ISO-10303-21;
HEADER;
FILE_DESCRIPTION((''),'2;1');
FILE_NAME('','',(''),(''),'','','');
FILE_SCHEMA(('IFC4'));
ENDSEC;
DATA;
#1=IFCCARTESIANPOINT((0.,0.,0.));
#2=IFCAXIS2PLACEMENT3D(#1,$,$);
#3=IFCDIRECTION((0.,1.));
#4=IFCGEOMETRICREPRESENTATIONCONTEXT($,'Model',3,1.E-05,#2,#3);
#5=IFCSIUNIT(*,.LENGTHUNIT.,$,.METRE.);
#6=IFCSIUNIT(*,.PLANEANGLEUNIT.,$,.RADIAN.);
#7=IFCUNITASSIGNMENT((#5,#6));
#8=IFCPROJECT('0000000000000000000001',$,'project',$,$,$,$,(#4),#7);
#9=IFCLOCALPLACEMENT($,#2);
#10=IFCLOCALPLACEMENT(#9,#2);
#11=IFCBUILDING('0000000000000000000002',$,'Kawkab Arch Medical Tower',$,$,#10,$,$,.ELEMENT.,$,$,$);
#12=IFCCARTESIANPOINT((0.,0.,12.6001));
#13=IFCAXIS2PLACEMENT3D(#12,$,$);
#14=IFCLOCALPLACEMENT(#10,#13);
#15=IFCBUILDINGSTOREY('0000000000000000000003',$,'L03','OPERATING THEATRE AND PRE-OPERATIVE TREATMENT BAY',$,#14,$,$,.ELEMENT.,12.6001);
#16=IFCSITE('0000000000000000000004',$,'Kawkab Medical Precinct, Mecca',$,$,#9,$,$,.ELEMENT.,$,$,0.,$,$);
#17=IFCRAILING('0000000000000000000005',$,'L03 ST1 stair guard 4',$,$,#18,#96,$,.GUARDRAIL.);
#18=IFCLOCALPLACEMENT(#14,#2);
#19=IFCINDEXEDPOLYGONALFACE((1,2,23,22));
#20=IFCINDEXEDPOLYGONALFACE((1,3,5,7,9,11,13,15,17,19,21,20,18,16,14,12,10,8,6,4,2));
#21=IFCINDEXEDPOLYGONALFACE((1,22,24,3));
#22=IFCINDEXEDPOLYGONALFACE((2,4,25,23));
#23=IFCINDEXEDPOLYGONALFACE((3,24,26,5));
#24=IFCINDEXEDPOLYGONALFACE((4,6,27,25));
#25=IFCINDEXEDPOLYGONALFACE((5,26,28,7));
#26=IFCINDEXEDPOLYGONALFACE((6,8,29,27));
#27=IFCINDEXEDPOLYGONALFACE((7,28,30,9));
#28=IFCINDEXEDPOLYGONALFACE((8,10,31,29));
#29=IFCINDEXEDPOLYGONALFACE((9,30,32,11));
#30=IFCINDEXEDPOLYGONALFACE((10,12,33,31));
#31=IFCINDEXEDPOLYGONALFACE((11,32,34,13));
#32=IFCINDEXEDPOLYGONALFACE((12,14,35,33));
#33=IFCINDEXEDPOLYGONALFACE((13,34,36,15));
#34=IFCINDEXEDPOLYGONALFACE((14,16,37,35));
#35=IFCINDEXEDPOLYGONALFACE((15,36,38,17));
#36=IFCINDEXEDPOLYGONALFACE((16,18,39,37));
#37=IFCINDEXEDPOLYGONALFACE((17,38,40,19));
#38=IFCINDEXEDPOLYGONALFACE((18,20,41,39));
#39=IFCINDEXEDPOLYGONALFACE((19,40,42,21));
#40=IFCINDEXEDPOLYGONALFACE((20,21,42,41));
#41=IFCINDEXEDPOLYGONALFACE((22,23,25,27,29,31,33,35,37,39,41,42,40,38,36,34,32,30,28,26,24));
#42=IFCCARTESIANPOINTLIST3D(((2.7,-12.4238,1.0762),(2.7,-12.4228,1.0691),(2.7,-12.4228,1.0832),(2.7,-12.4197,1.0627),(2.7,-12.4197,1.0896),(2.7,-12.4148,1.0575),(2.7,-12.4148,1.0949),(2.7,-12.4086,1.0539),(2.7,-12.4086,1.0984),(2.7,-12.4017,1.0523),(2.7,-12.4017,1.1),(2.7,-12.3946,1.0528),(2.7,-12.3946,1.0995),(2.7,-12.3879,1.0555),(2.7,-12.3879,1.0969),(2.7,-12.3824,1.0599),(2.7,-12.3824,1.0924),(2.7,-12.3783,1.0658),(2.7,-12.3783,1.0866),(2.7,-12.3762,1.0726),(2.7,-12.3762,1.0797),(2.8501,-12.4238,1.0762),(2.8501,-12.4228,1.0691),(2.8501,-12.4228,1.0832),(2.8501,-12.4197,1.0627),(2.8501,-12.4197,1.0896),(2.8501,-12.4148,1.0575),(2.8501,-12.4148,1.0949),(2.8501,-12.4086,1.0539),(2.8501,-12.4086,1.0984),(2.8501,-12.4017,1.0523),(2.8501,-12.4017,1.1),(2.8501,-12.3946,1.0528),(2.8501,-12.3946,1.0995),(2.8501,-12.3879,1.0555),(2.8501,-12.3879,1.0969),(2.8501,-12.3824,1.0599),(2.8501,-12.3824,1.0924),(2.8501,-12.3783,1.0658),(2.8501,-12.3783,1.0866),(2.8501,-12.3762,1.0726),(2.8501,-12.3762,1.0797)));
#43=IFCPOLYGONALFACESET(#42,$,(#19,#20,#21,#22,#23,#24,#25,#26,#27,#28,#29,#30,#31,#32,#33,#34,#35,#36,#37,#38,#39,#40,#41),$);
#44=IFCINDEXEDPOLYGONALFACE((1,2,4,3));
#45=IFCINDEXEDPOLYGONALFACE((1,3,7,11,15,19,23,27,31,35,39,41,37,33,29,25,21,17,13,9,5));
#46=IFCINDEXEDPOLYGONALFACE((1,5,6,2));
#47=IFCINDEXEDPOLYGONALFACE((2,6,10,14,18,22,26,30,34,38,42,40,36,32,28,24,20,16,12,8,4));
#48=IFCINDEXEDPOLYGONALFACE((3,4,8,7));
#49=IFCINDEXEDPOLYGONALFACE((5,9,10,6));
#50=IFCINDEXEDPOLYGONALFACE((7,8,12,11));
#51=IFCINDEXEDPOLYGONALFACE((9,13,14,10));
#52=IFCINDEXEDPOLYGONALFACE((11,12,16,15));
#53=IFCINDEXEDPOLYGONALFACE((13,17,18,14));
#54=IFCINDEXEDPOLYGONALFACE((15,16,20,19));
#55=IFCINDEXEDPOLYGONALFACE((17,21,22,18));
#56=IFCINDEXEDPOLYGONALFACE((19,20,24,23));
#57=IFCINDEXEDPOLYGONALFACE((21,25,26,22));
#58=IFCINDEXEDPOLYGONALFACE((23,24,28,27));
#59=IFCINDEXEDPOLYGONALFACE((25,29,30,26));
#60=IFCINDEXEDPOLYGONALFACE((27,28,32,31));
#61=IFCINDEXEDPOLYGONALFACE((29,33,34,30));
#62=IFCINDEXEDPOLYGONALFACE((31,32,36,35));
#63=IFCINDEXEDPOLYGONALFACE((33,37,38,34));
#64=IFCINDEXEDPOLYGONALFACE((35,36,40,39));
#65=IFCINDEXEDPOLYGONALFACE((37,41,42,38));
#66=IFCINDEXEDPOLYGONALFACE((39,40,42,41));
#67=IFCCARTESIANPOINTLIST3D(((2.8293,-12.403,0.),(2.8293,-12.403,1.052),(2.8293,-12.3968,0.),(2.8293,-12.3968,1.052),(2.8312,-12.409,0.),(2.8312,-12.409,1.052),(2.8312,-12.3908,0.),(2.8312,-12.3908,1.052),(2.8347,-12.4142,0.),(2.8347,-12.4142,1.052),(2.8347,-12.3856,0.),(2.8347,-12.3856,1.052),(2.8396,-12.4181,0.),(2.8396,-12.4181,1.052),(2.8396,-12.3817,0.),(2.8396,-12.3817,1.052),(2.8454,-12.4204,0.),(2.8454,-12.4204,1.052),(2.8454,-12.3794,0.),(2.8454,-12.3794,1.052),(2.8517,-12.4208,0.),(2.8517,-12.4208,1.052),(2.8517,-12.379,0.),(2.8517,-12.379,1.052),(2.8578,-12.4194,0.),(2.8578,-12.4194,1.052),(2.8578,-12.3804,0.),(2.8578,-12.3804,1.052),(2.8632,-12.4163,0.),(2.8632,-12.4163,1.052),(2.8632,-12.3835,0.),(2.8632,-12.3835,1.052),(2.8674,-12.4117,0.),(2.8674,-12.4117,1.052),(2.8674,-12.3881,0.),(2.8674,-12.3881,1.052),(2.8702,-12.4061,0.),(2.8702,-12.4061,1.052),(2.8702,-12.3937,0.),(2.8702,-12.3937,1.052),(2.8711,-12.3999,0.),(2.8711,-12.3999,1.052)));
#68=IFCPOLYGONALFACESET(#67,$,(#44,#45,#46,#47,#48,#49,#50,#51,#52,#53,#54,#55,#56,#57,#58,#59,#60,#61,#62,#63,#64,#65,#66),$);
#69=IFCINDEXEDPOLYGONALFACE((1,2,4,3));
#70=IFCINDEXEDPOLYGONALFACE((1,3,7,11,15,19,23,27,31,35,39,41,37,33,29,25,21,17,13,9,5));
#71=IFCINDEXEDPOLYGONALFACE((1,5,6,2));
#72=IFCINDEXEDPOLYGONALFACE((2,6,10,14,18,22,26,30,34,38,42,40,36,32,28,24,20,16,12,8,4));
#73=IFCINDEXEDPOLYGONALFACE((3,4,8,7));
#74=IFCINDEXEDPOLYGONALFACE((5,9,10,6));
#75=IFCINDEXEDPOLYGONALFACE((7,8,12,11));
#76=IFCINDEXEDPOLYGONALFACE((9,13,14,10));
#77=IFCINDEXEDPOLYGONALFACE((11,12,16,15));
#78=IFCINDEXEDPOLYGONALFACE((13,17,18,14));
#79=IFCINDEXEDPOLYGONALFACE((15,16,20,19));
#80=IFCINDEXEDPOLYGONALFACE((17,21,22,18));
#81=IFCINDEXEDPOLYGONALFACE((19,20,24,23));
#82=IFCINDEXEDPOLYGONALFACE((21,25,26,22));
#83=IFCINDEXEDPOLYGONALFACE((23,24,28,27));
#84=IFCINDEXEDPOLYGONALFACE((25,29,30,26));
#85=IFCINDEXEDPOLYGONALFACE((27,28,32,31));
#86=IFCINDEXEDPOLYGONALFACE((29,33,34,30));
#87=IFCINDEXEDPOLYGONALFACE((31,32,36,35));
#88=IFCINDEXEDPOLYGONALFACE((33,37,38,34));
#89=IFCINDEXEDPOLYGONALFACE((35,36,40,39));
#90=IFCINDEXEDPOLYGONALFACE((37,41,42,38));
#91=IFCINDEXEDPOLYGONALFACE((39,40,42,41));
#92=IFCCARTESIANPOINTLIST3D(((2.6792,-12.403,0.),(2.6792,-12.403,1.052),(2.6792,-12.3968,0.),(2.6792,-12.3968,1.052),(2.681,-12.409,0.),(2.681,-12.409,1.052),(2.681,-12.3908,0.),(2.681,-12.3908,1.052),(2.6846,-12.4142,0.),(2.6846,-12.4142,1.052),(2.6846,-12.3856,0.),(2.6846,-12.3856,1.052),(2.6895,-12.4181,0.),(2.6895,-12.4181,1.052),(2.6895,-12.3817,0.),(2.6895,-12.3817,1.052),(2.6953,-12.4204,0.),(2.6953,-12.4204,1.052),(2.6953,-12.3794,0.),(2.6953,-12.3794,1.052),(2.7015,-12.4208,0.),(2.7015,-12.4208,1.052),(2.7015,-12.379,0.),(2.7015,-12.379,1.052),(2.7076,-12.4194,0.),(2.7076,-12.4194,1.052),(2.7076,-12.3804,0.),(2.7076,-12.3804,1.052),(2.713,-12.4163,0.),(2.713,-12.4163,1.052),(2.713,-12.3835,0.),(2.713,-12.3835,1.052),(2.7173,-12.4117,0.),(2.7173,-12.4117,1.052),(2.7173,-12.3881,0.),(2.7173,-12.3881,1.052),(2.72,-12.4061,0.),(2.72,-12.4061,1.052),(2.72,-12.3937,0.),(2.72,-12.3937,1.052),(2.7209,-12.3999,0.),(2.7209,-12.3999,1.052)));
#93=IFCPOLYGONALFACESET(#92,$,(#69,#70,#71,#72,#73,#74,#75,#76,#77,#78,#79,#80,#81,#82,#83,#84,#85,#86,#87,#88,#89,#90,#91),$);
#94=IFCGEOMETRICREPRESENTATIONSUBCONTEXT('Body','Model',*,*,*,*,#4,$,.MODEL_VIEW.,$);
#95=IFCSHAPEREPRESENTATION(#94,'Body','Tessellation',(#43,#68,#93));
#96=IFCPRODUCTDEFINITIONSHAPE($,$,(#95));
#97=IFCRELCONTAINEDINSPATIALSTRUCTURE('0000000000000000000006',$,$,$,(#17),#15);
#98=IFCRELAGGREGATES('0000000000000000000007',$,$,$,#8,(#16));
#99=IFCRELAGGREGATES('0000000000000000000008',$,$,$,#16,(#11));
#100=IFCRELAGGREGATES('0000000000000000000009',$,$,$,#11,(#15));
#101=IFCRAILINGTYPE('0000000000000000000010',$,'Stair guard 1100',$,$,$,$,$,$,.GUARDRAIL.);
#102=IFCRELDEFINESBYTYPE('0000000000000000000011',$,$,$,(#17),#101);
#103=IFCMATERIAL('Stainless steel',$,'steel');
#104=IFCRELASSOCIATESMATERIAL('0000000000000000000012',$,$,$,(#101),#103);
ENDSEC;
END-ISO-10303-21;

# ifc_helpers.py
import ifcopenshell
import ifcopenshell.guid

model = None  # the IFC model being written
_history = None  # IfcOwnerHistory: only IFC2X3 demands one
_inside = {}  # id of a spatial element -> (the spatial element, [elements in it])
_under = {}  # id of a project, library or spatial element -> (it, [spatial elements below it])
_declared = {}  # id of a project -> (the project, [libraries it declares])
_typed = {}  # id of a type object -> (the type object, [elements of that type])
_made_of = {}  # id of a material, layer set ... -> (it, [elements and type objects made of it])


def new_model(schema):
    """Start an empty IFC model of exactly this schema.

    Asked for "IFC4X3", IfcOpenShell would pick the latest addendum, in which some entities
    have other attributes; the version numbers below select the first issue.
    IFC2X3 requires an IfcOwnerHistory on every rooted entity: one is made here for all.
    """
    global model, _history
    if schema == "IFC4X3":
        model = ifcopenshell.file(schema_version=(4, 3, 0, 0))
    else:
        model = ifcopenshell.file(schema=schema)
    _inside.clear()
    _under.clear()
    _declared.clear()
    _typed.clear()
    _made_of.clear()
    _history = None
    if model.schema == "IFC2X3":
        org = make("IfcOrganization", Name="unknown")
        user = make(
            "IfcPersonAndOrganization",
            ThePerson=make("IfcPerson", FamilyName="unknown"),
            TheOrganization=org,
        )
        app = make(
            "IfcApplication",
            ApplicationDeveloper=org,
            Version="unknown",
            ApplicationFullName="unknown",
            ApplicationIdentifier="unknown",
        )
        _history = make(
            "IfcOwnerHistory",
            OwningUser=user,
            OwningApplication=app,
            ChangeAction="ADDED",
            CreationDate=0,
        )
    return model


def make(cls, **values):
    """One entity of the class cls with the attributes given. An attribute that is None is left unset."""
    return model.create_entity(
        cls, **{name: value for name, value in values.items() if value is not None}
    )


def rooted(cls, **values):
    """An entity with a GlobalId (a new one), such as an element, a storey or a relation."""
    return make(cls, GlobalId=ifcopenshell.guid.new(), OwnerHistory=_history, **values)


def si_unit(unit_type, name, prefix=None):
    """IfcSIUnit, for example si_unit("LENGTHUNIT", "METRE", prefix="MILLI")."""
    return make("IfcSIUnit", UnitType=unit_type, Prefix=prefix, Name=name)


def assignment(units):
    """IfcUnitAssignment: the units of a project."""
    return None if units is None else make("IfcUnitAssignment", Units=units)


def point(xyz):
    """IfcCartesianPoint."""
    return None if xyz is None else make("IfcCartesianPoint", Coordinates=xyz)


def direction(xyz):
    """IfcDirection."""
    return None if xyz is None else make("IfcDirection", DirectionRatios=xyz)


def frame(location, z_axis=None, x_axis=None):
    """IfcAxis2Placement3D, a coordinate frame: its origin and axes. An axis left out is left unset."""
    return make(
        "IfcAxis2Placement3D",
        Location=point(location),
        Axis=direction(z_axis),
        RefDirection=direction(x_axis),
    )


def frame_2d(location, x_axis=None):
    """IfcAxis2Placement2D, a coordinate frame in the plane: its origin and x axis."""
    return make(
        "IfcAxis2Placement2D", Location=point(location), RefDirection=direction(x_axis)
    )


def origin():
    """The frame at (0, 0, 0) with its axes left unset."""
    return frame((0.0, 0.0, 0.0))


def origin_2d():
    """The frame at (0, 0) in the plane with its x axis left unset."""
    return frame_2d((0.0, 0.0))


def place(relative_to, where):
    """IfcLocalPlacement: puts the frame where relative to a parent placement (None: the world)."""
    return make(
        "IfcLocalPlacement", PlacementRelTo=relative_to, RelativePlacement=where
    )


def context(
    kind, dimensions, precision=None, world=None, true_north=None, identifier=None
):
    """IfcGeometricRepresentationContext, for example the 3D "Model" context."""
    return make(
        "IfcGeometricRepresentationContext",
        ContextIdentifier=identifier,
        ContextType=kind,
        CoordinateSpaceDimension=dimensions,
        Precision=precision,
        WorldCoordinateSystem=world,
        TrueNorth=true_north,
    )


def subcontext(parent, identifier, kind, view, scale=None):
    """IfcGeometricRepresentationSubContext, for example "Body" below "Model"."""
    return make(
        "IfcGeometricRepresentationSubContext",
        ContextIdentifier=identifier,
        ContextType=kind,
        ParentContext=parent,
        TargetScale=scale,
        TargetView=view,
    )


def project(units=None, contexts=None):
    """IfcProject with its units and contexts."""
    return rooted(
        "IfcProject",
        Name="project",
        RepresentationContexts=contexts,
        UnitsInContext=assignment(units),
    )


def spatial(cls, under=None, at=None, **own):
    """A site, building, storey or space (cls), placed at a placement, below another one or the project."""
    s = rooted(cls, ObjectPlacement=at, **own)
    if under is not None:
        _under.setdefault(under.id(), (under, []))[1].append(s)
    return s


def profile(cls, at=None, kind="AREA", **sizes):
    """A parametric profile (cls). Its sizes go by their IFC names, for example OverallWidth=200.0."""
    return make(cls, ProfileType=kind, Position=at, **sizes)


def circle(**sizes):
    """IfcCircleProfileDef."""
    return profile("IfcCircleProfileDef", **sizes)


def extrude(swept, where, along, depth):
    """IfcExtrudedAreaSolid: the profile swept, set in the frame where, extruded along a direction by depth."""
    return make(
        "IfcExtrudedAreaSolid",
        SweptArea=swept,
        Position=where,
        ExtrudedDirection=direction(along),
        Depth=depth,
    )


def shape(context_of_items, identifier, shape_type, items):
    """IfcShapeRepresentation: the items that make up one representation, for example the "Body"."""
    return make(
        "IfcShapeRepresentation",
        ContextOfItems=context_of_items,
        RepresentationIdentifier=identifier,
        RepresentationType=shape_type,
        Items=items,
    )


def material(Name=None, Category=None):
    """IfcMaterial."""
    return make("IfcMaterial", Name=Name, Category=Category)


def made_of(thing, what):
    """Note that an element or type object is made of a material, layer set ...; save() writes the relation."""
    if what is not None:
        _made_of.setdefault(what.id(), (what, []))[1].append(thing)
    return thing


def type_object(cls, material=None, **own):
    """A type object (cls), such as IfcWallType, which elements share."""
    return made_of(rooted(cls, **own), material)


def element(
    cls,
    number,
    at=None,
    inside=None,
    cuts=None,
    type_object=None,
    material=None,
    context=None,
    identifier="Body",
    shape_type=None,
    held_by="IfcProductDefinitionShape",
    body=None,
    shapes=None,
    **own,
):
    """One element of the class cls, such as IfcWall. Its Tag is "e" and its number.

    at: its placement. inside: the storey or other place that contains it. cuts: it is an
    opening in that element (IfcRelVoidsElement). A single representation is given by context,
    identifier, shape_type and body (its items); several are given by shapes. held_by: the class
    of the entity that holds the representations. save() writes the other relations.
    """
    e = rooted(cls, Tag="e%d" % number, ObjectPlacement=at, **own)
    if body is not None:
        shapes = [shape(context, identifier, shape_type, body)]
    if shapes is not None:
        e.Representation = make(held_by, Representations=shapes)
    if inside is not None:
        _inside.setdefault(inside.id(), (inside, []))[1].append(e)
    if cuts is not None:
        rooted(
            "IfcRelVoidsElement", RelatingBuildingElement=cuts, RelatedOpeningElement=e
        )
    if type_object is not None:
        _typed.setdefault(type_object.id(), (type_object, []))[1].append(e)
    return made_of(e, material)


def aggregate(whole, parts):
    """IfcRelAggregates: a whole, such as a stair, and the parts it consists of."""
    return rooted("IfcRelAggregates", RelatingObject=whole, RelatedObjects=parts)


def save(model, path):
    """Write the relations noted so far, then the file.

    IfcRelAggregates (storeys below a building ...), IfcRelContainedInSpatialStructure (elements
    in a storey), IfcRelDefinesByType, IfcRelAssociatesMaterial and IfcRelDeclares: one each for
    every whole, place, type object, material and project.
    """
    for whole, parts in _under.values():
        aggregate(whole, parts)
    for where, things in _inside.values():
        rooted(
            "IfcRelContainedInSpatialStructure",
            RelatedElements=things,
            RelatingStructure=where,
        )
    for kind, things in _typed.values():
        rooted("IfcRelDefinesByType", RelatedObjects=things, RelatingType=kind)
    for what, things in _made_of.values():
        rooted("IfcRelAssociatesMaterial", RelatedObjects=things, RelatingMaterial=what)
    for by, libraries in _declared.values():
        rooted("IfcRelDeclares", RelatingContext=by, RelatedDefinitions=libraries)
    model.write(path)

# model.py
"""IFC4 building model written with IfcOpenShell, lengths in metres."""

from ifc_helpers import new_model, si_unit, direction, frame, origin, origin_2d, place, context, subcontext, project, spatial, circle, extrude, material, type_object, element, save


model = new_model("IFC4")

# Units and contexts
model_context = context("Model", 3, precision=1e-05, world=origin(), true_north=direction((0.0, 1.0)))
body_context = subcontext(model_context, "Body", "Model", "MODEL_VIEW")
ifc_project = project(units=[si_unit("LENGTHUNIT", "METRE"), si_unit("PLANEANGLEUNIT", "RADIAN")], contexts=[model_context])

# Site, building, storey
site_placement = place(None, origin())
site = spatial("IfcSite", under=ifc_project, at=site_placement, Name="Kawkab Medical Precinct, Mecca", CompositionType="ELEMENT", RefElevation=0.0)
building_placement = place(site_placement, origin())
building = spatial("IfcBuilding", under=site, at=building_placement, Name="Kawkab Arch Medical Tower", CompositionType="ELEMENT")
storey_placement = place(building_placement, frame((0.0, 0.0, 12.6001)))
storey = spatial("IfcBuildingStorey", under=building, at=storey_placement, Name="L03", Description="OPERATING THEATRE AND PRE-OPERATIVE TREATMENT BAY", CompositionType="ELEMENT", Elevation=12.6001)

# Railing
ifc_material_1 = material(Name="Stainless steel", Category="steel")
railing_type = type_object("IfcRailingType", Name="Stair guard 1100", PredefinedType="GUARDRAIL", material=ifc_material_1)
railing_1_placement = place(storey_placement, frame((2.8501, -12.3999, 0.0)))
element("IfcRailing", 1, at=railing_1_placement, inside=storey, type_object=railing_type, Name="L03 ST1 stair guard 4", PredefinedType="GUARDRAIL", context=body_context, shape_type="SweptSolid", body=[
    extrude(circle(Radius=0.0239, at=origin_2d()), frame((0.0, 0.0, 1.0762), z_axis=(-1.0, 0.0, 0.0), x_axis=(0.0, -1.0, 0.0)), (0.0, 0.0, 1.0), 0.1501),
    extrude(circle(Radius=0.021, at=origin_2d()), origin(), (0.0, 0.0, 1.0), 1.052),
    extrude(circle(Radius=0.021, at=origin_2d()), frame((-0.1501, 0.0, 0.0)), (0.0, 0.0, 1.0), 1.052),
])

save(model, "model.ifc")
